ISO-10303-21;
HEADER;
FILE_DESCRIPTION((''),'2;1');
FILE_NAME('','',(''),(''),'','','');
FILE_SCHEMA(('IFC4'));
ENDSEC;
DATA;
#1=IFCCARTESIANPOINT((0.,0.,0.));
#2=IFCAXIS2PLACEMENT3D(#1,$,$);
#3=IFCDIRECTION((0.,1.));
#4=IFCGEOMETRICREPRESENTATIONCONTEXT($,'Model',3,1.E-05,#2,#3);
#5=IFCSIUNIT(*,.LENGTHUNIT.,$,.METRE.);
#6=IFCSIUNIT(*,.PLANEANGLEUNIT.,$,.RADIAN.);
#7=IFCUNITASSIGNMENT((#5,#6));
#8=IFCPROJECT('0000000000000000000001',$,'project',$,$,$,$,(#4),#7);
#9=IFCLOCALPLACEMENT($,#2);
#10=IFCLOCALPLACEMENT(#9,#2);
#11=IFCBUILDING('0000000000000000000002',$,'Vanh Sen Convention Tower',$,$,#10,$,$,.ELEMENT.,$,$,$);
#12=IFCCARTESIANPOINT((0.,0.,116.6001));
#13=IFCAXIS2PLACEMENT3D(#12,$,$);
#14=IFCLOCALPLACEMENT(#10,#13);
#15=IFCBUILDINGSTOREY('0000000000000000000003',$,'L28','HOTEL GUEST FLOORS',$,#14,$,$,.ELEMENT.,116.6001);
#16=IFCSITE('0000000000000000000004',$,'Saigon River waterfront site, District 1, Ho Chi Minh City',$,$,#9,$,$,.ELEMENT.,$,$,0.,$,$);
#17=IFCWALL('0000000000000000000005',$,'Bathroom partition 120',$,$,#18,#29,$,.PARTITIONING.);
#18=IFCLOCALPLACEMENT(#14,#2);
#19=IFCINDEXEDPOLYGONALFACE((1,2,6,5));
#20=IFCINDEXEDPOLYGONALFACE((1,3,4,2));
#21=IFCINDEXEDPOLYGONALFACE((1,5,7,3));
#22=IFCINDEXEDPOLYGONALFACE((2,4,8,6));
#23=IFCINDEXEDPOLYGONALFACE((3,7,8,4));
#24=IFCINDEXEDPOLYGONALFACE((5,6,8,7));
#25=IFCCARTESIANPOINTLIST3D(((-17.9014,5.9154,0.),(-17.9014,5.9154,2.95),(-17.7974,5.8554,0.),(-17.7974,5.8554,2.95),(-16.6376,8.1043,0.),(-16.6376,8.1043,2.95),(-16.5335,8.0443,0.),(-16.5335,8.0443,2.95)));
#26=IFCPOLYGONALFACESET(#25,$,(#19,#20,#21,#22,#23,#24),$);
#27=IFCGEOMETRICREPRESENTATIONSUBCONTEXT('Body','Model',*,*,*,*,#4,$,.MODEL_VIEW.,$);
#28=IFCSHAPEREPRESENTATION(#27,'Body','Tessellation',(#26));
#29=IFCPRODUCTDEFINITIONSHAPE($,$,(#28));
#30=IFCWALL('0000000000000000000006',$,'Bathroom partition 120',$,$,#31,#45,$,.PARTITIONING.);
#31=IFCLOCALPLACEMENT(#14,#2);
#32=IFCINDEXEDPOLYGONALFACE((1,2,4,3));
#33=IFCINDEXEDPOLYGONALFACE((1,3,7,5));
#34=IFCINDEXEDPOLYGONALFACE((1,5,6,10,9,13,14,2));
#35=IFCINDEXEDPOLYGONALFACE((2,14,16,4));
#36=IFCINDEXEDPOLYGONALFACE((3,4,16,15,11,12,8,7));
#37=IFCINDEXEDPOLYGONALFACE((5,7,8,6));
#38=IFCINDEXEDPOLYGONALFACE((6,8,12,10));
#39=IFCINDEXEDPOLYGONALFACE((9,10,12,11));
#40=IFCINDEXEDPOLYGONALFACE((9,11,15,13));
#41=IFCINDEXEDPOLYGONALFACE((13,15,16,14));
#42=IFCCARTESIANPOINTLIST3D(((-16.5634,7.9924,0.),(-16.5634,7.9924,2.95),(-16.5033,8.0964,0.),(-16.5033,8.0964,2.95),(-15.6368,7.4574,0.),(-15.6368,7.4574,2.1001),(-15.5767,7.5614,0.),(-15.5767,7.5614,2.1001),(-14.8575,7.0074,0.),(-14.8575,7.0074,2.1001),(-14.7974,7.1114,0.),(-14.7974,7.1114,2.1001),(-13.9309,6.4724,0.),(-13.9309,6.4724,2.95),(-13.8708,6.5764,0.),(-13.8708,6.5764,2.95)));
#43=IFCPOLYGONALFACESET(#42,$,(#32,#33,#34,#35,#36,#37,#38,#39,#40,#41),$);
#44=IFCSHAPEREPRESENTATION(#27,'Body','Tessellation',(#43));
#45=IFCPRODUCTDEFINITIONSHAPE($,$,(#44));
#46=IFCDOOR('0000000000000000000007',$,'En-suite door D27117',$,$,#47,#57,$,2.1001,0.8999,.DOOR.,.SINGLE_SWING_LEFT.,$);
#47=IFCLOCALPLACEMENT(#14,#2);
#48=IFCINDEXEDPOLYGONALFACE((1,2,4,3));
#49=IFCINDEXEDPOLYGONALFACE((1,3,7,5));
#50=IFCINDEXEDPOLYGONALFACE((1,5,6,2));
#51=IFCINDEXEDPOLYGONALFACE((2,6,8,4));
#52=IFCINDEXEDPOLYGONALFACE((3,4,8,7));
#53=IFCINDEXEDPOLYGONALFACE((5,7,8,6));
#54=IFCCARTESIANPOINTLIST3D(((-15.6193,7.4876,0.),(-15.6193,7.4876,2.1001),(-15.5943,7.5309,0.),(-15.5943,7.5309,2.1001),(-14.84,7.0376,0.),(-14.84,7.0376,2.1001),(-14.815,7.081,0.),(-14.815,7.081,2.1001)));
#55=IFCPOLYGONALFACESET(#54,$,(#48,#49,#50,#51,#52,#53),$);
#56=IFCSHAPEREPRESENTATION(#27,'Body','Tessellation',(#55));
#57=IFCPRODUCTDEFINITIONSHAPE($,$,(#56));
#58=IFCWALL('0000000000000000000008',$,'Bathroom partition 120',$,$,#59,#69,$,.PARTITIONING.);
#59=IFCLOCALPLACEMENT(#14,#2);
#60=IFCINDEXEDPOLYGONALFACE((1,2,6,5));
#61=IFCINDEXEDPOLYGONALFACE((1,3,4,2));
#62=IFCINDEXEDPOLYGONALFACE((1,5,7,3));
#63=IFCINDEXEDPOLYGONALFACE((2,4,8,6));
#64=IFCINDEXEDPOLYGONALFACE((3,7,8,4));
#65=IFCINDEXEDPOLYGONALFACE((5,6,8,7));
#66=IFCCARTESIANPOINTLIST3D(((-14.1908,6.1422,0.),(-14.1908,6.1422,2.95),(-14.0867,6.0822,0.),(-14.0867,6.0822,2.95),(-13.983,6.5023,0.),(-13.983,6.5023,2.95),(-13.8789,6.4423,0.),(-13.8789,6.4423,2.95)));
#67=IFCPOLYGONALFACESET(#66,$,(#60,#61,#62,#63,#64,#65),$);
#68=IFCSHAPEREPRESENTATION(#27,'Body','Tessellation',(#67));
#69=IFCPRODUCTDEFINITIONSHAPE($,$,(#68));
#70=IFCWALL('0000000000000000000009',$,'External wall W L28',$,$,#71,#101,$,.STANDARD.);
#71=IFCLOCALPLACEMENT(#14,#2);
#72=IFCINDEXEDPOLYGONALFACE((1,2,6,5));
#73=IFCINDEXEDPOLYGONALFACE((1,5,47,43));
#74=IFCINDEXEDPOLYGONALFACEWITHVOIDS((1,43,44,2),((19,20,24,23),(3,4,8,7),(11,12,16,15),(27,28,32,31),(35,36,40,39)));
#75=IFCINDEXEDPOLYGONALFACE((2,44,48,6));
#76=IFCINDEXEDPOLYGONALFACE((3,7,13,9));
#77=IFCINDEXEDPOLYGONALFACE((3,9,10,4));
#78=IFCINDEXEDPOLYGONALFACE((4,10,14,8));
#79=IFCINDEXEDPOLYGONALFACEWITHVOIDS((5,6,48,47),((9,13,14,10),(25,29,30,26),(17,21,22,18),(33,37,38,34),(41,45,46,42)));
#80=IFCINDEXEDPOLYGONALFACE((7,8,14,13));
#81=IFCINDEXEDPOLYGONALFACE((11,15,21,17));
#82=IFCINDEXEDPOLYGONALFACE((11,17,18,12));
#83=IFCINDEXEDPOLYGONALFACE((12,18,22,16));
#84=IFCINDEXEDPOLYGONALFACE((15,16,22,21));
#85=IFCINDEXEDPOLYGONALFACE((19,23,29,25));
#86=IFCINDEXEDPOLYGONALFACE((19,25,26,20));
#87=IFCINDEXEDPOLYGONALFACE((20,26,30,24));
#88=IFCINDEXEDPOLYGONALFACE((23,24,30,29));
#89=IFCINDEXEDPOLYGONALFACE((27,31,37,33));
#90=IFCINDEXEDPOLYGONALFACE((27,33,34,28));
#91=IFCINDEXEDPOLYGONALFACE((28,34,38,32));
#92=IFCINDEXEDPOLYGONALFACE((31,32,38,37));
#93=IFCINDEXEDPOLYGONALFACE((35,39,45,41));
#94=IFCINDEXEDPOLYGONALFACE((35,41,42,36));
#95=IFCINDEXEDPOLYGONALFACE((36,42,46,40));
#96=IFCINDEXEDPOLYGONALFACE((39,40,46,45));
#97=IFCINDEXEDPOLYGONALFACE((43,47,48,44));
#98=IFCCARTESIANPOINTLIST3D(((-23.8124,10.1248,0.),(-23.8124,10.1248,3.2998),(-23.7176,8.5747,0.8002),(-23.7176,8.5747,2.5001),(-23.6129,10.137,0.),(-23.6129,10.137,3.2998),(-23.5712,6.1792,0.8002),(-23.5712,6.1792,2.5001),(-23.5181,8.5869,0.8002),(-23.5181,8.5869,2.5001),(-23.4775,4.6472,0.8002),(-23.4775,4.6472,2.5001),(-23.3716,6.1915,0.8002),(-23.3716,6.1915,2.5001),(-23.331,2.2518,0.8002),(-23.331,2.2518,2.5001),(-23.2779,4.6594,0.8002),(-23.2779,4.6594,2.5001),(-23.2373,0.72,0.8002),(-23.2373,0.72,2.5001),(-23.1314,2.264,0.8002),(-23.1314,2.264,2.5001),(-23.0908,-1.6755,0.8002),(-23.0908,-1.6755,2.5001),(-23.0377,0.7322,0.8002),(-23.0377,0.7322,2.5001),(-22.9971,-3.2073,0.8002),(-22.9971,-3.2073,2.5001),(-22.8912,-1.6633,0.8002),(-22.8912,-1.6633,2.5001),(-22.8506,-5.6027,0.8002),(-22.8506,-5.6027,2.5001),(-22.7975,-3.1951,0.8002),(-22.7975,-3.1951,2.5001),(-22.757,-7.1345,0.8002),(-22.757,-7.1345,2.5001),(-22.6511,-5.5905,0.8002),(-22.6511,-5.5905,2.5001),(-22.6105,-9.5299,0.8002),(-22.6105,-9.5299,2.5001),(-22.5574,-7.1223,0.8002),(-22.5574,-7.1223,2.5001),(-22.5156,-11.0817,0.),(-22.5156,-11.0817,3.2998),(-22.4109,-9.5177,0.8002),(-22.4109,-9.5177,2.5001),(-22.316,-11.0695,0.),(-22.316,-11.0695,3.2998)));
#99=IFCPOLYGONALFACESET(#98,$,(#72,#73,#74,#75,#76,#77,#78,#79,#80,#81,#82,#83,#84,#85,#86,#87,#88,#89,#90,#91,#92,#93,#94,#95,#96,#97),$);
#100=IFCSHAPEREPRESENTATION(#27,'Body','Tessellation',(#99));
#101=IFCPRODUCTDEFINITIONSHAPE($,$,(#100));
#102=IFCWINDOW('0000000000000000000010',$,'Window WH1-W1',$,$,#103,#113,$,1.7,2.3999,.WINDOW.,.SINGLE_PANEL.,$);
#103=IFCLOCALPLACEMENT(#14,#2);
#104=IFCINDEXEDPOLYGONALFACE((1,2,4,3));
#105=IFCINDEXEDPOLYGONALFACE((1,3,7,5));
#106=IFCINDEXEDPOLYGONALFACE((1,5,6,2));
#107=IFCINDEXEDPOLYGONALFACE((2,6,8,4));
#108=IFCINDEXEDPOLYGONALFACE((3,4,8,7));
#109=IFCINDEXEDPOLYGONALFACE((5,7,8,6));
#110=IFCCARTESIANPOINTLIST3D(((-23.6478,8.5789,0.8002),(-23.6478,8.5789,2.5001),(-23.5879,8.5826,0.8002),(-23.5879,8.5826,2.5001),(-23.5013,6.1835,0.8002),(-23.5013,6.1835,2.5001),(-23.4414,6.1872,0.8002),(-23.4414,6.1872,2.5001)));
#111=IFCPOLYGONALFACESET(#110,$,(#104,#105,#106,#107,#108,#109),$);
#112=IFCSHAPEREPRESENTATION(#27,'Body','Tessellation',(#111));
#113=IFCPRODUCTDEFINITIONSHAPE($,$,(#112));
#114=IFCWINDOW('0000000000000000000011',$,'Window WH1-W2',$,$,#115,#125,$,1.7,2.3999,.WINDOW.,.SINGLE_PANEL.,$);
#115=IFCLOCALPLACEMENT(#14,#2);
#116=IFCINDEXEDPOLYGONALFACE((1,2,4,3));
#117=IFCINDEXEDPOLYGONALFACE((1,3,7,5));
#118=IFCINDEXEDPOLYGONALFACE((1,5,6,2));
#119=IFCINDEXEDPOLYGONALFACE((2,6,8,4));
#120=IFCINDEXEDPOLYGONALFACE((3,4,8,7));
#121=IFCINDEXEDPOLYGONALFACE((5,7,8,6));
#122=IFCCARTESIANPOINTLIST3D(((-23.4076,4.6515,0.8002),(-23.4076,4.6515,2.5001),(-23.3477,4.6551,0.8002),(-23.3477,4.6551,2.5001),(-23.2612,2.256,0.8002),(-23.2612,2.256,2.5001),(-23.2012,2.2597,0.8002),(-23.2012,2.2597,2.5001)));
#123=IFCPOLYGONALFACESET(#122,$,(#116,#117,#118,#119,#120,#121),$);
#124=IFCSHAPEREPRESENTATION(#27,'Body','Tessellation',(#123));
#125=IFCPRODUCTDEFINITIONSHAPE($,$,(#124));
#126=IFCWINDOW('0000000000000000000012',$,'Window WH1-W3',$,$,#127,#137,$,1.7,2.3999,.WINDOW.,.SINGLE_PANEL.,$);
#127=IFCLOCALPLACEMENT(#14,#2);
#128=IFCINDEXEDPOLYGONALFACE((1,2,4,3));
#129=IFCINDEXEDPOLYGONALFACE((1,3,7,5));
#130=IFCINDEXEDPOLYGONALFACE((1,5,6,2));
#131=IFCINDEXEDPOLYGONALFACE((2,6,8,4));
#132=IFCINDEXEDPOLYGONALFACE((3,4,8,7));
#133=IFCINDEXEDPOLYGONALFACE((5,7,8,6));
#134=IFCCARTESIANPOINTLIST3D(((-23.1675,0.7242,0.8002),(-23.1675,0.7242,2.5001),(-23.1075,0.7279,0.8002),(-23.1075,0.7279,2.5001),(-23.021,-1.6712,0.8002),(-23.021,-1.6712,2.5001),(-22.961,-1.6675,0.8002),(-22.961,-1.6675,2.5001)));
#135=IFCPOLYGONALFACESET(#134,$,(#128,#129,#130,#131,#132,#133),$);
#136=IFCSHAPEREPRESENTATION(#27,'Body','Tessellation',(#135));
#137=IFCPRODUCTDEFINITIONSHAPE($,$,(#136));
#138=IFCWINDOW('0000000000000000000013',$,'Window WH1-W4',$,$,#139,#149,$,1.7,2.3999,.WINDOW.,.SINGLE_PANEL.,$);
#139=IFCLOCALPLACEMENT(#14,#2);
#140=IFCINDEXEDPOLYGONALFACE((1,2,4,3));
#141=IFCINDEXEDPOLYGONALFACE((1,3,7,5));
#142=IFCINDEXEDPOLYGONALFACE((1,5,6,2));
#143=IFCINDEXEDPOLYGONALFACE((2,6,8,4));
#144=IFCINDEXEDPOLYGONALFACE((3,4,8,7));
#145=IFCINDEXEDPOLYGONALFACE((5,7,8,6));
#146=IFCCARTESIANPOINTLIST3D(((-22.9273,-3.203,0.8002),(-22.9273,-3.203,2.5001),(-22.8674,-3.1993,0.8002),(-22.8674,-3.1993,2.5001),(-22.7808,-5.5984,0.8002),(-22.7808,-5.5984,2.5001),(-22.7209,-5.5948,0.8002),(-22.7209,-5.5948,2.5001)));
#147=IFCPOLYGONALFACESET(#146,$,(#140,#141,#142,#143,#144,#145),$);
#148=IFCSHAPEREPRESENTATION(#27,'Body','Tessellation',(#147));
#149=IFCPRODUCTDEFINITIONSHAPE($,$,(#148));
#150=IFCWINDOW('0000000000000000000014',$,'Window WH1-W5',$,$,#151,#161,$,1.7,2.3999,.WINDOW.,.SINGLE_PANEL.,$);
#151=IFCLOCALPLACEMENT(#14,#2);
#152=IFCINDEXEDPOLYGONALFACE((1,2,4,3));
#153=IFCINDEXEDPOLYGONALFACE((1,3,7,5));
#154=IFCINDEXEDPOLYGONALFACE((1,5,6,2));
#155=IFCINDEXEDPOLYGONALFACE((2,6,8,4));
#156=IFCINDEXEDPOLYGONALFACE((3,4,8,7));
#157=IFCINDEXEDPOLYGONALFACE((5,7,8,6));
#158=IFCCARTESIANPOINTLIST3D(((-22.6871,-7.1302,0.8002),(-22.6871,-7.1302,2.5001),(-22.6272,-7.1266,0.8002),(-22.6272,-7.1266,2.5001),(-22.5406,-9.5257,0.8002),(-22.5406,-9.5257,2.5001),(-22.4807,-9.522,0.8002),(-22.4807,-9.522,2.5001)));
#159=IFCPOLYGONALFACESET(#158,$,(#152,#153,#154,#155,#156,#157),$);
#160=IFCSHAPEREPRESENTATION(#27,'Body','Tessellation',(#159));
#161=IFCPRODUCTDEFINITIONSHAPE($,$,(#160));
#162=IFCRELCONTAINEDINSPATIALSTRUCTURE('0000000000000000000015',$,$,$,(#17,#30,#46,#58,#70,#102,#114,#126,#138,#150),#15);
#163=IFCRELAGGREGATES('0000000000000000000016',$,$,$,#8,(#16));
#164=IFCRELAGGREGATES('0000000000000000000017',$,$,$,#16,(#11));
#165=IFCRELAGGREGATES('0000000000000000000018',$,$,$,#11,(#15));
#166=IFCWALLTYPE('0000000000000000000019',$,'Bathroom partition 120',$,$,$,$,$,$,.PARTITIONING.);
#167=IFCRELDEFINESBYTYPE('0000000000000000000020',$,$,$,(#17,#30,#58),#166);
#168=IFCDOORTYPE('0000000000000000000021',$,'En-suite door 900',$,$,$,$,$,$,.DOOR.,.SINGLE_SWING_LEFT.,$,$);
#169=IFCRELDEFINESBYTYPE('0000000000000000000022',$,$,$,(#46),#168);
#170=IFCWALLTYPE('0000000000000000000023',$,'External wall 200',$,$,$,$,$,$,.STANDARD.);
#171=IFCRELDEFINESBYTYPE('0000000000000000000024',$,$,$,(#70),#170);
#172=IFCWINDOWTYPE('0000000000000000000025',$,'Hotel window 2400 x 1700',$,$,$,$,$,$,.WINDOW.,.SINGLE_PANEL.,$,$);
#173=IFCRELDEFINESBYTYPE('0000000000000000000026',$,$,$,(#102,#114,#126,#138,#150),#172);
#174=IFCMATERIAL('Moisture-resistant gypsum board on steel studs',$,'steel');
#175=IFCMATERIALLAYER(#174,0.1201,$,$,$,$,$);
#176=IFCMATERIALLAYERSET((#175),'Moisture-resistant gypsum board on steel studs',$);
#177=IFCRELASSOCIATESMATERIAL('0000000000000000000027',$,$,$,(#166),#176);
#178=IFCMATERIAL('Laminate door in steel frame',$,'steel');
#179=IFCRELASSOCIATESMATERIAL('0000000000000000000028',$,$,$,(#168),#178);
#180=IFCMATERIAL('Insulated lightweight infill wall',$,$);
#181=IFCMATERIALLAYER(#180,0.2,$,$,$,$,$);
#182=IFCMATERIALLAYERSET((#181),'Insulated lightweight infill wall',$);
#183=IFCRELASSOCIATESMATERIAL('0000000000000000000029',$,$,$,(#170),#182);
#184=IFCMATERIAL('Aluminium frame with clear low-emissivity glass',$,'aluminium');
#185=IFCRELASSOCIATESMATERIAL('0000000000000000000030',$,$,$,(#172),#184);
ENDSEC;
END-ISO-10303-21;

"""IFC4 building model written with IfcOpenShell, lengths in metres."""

from ifc_helpers import new_model, si_unit, direction, frame, frame_2d, origin, place, context, subcontext, project, spatial, rectangle, extrude, material, layer, layer_set, type_object, element, fill, save


model = new_model("IFC4")

# Units and contexts
model_context = context("Model", 3, precision=1e-05, world=origin(), true_north=direction((0.0, 1.0)))
body_context = subcontext(model_context, "Body", "Model", "MODEL_VIEW")
ifc_project = project(units=[si_unit("LENGTHUNIT", "METRE"), si_unit("PLANEANGLEUNIT", "RADIAN")], contexts=[model_context])

# Site, building, storey
site_placement = place(None, origin())
site = spatial("IfcSite", under=ifc_project, at=site_placement, Name="Saigon River waterfront site, District 1, Ho Chi Minh City", CompositionType="ELEMENT", RefElevation=0.0)
building_placement = place(site_placement, origin())
building = spatial("IfcBuilding", under=site, at=building_placement, Name="Vanh Sen Convention Tower", CompositionType="ELEMENT")
storey_placement = place(building_placement, frame((0.0, 0.0, 116.6001)))
storey = spatial("IfcBuildingStorey", under=building, at=storey_placement, Name="L28", Description="HOTEL GUEST FLOORS", CompositionType="ELEMENT", Elevation=116.6001)

# Wall
ifc_material_1 = material(Name="Moisture-resistant gypsum board on steel studs", Category="steel")
ifc_layer_1 = layer(ifc_material_1, 0.1201)
ifc_layer_set_1 = layer_set([ifc_layer_1], Name="Moisture-resistant gypsum board on steel studs")
wall_type_1 = type_object("IfcWallType", Name="Bathroom partition 120", PredefinedType="PARTITIONING", material=ifc_layer_set_1)
wall_1_placement = place(storey_placement, frame((-17.8494, 5.8855, 0.0), z_axis=(0.0, 0.0, 1.0), x_axis=(0.500035, 0.866005, 0.0)))
element("IfcWall", 1, at=wall_1_placement, inside=storey, type_object=wall_type_1, Name="Bathroom partition 120", PredefinedType="PARTITIONING", context=body_context, shape_type="SweptSolid", body=[
    extrude(rectangle(XDim=2.5276, YDim=0.1201, at=frame_2d((1.2637, 0.0))), origin(), (0.0, 0.0, 1.0), 2.95),
])

# Wall, opening, door
wall_2_placement = place(storey_placement, frame((-16.5334, 8.0444, 0.0), z_axis=(0.0, 0.0, 1.0), x_axis=(0.86601, -0.500026, 0.0)))
wall_2 = element("IfcWall", 2, at=wall_2_placement, inside=storey, type_object=wall_type_1, Name="Bathroom partition 120", PredefinedType="PARTITIONING", context=body_context, shape_type="SweptSolid", body=[
    extrude(rectangle(XDim=3.0398, YDim=0.1201, at=frame_2d((1.52, 0.0))), origin(), (0.0, 0.0, 1.0), 2.95),
])
opening_1_placement = place(wall_2_placement, frame((1.0701, 0.0, 0.0)))
opening_1 = element("IfcOpeningElement", 3, at=opening_1_placement, cuts=wall_2, PredefinedType="OPENING", context=body_context, shape_type="SweptSolid", body=[
    extrude(rectangle(XDim=0.8999, YDim=2.1001, at=frame_2d((0.45, 1.05))), frame((0.0, 0.0701, 0.0), z_axis=(0.0, -1.0, 0.0), x_axis=(1.0, 0.0, 0.0)), (0.0, 0.0, 1.0), 0.1401),
])
ifc_material_2 = material(Name="Laminate door in steel frame", Category="steel")
door_type = type_object("IfcDoorType", Name="En-suite door 900", OperationType="SINGLE_SWING_LEFT", PredefinedType="DOOR", material=ifc_material_2)
door_placement = place(opening_1_placement, origin())
door = element("IfcDoor", 4, at=door_placement, inside=storey, type_object=door_type, Name="En-suite door D27117", OperationType="SINGLE_SWING_LEFT", OverallHeight=2.1001, OverallWidth=0.8999, PredefinedType="DOOR", context=body_context, shape_type="SweptSolid", body=[
    extrude(rectangle(XDim=0.8999, YDim=2.1001, at=frame_2d((0.45, 1.05))), frame((0.0, 0.0249, 0.0), z_axis=(0.0, -1.0, 0.0), x_axis=(1.0, 0.0, 0.0)), (0.0, 0.0, 1.0), 0.05),
])
fill(opening_1, door)

# Wall
wall_3_placement = place(storey_placement, frame((-13.9309, 6.4724, 0.0), z_axis=(0.0, 0.0, 1.0), x_axis=(-0.499739, -0.866176, 0.0)))
element("IfcWall", 5, at=wall_3_placement, inside=storey, type_object=wall_type_1, Name="Bathroom partition 120", PredefinedType="PARTITIONING", context=body_context, shape_type="SweptSolid", body=[
    extrude(rectangle(XDim=0.4158, YDim=0.1201, at=frame_2d((0.208, 0.0))), origin(), (0.0, 0.0, 1.0), 2.95),
])

# Wall, openings, windows
ifc_material_3 = material(Name="Insulated lightweight infill wall")
ifc_layer_2 = layer(ifc_material_3, 0.2)
ifc_layer_set_2 = layer_set([ifc_layer_2], Name="Insulated lightweight infill wall")
wall_type_2 = type_object("IfcWallType", Name="External wall 200", PredefinedType="STANDARD", material=ifc_layer_set_2)
wall_4_placement = place(storey_placement, frame((-23.7126, 10.1309, 0.0), z_axis=(0.0, 0.0, 1.0), x_axis=(0.06104, -0.998135, 0.0)))
wall_4 = element("IfcWall", 6, at=wall_4_placement, inside=storey, type_object=wall_type_2, Name="External wall W L28", PredefinedType="STANDARD", context=body_context, shape_type="SweptSolid", body=[
    extrude(rectangle(XDim=21.2461, YDim=0.2, at=frame_2d((10.623, 0.0))), origin(), (0.0, 0.0, 1.0), 3.2998),
])
opening_2_placement = place(wall_4_placement, frame((1.553, 0.0, 0.8)))
opening_2 = element("IfcOpeningElement", 7, at=opening_2_placement, cuts=wall_4, PredefinedType="OPENING", context=body_context, shape_type="SweptSolid", body=[
    extrude(rectangle(XDim=2.3999, YDim=1.7, at=frame_2d((1.2, 0.8501))), frame((0.0, 0.1099, 0.0), z_axis=(0.0, -1.0, 0.0), x_axis=(1.0, 0.0, 0.0)), (0.0, 0.0, 1.0), 0.22),
])
opening_3_placement = place(wall_4_placement, frame((5.4878, 0.0, 0.8)))
opening_3 = element("IfcOpeningElement", 8, at=opening_3_placement, cuts=wall_4, PredefinedType="OPENING", context=body_context, shape_type="SweptSolid", body=[
    extrude(rectangle(XDim=2.3999, YDim=1.7, at=frame_2d((1.2, 0.8501))), frame((0.0, 0.1099, 0.0), z_axis=(0.0, -1.0, 0.0), x_axis=(1.0, 0.0, 0.0)), (0.0, 0.0, 1.0), 0.22),
])
opening_4_placement = place(wall_4_placement, frame((9.4224, 0.0, 0.8)))
opening_4 = element("IfcOpeningElement", 9, at=opening_4_placement, cuts=wall_4, PredefinedType="OPENING", context=body_context, shape_type="SweptSolid", body=[
    extrude(rectangle(XDim=2.3999, YDim=1.7, at=frame_2d((1.2, 0.8501))), frame((0.0, 0.1099, 0.0), z_axis=(0.0, -1.0, 0.0), x_axis=(1.0, 0.0, 0.0)), (0.0, 0.0, 1.0), 0.22),
])
opening_5_placement = place(wall_4_placement, frame((13.3569, 0.0, 0.8)))
opening_5 = element("IfcOpeningElement", 10, at=opening_5_placement, cuts=wall_4, PredefinedType="OPENING", context=body_context, shape_type="SweptSolid", body=[
    extrude(rectangle(XDim=2.3999, YDim=1.7, at=frame_2d((1.2, 0.8501))), frame((0.0, 0.1099, 0.0), z_axis=(0.0, -1.0, 0.0), x_axis=(1.0, 0.0, 0.0)), (0.0, 0.0, 1.0), 0.22),
])
opening_6_placement = place(wall_4_placement, frame((17.2915, 0.0, 0.8)))
opening_6 = element("IfcOpeningElement", 11, at=opening_6_placement, cuts=wall_4, PredefinedType="OPENING", context=body_context, shape_type="SweptSolid", body=[
    extrude(rectangle(XDim=2.3999, YDim=1.7, at=frame_2d((1.2, 0.8501))), frame((0.0, 0.1099, 0.0), z_axis=(0.0, -1.0, 0.0), x_axis=(1.0, 0.0, 0.0)), (0.0, 0.0, 1.0), 0.22),
])
ifc_material_4 = material(Name="Aluminium frame with clear low-emissivity glass", Category="aluminium")
window_type = type_object("IfcWindowType", Name="Hotel window 2400 x 1700", PartitioningType="SINGLE_PANEL", PredefinedType="WINDOW", material=ifc_material_4)
window_1_placement = place(opening_2_placement, origin())
window_1 = element("IfcWindow", 12, at=window_1_placement, inside=storey, type_object=window_type, Name="Window WH1-W1", OverallHeight=1.7, OverallWidth=2.3999, PartitioningType="SINGLE_PANEL", PredefinedType="WINDOW", context=body_context, shape_type="SweptSolid", body=[
    extrude(rectangle(XDim=2.3999, YDim=1.7, at=frame_2d((1.2, 0.8501))), frame((0.0, 0.03, 0.0), z_axis=(0.0, -1.0, 0.0), x_axis=(1.0, 0.0, 0.0)), (0.0, 0.0, 1.0), 0.0601),
])
fill(opening_2, window_1)
window_2_placement = place(opening_3_placement, origin())
window_2 = element("IfcWindow", 13, at=window_2_placement, inside=storey, type_object=window_type, Name="Window WH1-W2", OverallHeight=1.7, OverallWidth=2.3999, PartitioningType="SINGLE_PANEL", PredefinedType="WINDOW", context=body_context, shape_type="SweptSolid", body=[
    extrude(rectangle(XDim=2.3999, YDim=1.7, at=frame_2d((1.2, 0.8501))), frame((0.0, 0.03, 0.0), z_axis=(0.0, -1.0, 0.0), x_axis=(1.0, 0.0, 0.0)), (0.0, 0.0, 1.0), 0.0601),
])
fill(opening_3, window_2)
window_3_placement = place(opening_4_placement, origin())
window_3 = element("IfcWindow", 14, at=window_3_placement, inside=storey, type_object=window_type, Name="Window WH1-W3", OverallHeight=1.7, OverallWidth=2.3999, PartitioningType="SINGLE_PANEL", PredefinedType="WINDOW", context=body_context, shape_type="SweptSolid", body=[
    extrude(rectangle(XDim=2.3999, YDim=1.7, at=frame_2d((1.2, 0.8501))), frame((0.0, 0.03, 0.0), z_axis=(0.0, -1.0, 0.0), x_axis=(1.0, 0.0, 0.0)), (0.0, 0.0, 1.0), 0.0601),
])
fill(opening_4, window_3)
window_4_placement = place(opening_5_placement, origin())
window_4 = element("IfcWindow", 15, at=window_4_placement, inside=storey, type_object=window_type, Name="Window WH1-W4", OverallHeight=1.7, OverallWidth=2.3999, PartitioningType="SINGLE_PANEL", PredefinedType="WINDOW", context=body_context, shape_type="SweptSolid", body=[
    extrude(rectangle(XDim=2.3999, YDim=1.7, at=frame_2d((1.2, 0.8501))), frame((0.0, 0.03, 0.0), z_axis=(0.0, -1.0, 0.0), x_axis=(1.0, 0.0, 0.0)), (0.0, 0.0, 1.0), 0.0601),
])
fill(opening_5, window_4)
window_5_placement = place(opening_6_placement, origin())
window_5 = element("IfcWindow", 16, at=window_5_placement, inside=storey, type_object=window_type, Name="Window WH1-W5", OverallHeight=1.7, OverallWidth=2.3999, PartitioningType="SINGLE_PANEL", PredefinedType="WINDOW", context=body_context, shape_type="SweptSolid", body=[
    extrude(rectangle(XDim=2.3999, YDim=1.7, at=frame_2d((1.2, 0.8501))), frame((0.0, 0.03, 0.0), z_axis=(0.0, -1.0, 0.0), x_axis=(1.0, 0.0, 0.0)), (0.0, 0.0, 1.0), 0.0601),
])
fill(opening_6, window_5)

save(model, "model.ifc")
